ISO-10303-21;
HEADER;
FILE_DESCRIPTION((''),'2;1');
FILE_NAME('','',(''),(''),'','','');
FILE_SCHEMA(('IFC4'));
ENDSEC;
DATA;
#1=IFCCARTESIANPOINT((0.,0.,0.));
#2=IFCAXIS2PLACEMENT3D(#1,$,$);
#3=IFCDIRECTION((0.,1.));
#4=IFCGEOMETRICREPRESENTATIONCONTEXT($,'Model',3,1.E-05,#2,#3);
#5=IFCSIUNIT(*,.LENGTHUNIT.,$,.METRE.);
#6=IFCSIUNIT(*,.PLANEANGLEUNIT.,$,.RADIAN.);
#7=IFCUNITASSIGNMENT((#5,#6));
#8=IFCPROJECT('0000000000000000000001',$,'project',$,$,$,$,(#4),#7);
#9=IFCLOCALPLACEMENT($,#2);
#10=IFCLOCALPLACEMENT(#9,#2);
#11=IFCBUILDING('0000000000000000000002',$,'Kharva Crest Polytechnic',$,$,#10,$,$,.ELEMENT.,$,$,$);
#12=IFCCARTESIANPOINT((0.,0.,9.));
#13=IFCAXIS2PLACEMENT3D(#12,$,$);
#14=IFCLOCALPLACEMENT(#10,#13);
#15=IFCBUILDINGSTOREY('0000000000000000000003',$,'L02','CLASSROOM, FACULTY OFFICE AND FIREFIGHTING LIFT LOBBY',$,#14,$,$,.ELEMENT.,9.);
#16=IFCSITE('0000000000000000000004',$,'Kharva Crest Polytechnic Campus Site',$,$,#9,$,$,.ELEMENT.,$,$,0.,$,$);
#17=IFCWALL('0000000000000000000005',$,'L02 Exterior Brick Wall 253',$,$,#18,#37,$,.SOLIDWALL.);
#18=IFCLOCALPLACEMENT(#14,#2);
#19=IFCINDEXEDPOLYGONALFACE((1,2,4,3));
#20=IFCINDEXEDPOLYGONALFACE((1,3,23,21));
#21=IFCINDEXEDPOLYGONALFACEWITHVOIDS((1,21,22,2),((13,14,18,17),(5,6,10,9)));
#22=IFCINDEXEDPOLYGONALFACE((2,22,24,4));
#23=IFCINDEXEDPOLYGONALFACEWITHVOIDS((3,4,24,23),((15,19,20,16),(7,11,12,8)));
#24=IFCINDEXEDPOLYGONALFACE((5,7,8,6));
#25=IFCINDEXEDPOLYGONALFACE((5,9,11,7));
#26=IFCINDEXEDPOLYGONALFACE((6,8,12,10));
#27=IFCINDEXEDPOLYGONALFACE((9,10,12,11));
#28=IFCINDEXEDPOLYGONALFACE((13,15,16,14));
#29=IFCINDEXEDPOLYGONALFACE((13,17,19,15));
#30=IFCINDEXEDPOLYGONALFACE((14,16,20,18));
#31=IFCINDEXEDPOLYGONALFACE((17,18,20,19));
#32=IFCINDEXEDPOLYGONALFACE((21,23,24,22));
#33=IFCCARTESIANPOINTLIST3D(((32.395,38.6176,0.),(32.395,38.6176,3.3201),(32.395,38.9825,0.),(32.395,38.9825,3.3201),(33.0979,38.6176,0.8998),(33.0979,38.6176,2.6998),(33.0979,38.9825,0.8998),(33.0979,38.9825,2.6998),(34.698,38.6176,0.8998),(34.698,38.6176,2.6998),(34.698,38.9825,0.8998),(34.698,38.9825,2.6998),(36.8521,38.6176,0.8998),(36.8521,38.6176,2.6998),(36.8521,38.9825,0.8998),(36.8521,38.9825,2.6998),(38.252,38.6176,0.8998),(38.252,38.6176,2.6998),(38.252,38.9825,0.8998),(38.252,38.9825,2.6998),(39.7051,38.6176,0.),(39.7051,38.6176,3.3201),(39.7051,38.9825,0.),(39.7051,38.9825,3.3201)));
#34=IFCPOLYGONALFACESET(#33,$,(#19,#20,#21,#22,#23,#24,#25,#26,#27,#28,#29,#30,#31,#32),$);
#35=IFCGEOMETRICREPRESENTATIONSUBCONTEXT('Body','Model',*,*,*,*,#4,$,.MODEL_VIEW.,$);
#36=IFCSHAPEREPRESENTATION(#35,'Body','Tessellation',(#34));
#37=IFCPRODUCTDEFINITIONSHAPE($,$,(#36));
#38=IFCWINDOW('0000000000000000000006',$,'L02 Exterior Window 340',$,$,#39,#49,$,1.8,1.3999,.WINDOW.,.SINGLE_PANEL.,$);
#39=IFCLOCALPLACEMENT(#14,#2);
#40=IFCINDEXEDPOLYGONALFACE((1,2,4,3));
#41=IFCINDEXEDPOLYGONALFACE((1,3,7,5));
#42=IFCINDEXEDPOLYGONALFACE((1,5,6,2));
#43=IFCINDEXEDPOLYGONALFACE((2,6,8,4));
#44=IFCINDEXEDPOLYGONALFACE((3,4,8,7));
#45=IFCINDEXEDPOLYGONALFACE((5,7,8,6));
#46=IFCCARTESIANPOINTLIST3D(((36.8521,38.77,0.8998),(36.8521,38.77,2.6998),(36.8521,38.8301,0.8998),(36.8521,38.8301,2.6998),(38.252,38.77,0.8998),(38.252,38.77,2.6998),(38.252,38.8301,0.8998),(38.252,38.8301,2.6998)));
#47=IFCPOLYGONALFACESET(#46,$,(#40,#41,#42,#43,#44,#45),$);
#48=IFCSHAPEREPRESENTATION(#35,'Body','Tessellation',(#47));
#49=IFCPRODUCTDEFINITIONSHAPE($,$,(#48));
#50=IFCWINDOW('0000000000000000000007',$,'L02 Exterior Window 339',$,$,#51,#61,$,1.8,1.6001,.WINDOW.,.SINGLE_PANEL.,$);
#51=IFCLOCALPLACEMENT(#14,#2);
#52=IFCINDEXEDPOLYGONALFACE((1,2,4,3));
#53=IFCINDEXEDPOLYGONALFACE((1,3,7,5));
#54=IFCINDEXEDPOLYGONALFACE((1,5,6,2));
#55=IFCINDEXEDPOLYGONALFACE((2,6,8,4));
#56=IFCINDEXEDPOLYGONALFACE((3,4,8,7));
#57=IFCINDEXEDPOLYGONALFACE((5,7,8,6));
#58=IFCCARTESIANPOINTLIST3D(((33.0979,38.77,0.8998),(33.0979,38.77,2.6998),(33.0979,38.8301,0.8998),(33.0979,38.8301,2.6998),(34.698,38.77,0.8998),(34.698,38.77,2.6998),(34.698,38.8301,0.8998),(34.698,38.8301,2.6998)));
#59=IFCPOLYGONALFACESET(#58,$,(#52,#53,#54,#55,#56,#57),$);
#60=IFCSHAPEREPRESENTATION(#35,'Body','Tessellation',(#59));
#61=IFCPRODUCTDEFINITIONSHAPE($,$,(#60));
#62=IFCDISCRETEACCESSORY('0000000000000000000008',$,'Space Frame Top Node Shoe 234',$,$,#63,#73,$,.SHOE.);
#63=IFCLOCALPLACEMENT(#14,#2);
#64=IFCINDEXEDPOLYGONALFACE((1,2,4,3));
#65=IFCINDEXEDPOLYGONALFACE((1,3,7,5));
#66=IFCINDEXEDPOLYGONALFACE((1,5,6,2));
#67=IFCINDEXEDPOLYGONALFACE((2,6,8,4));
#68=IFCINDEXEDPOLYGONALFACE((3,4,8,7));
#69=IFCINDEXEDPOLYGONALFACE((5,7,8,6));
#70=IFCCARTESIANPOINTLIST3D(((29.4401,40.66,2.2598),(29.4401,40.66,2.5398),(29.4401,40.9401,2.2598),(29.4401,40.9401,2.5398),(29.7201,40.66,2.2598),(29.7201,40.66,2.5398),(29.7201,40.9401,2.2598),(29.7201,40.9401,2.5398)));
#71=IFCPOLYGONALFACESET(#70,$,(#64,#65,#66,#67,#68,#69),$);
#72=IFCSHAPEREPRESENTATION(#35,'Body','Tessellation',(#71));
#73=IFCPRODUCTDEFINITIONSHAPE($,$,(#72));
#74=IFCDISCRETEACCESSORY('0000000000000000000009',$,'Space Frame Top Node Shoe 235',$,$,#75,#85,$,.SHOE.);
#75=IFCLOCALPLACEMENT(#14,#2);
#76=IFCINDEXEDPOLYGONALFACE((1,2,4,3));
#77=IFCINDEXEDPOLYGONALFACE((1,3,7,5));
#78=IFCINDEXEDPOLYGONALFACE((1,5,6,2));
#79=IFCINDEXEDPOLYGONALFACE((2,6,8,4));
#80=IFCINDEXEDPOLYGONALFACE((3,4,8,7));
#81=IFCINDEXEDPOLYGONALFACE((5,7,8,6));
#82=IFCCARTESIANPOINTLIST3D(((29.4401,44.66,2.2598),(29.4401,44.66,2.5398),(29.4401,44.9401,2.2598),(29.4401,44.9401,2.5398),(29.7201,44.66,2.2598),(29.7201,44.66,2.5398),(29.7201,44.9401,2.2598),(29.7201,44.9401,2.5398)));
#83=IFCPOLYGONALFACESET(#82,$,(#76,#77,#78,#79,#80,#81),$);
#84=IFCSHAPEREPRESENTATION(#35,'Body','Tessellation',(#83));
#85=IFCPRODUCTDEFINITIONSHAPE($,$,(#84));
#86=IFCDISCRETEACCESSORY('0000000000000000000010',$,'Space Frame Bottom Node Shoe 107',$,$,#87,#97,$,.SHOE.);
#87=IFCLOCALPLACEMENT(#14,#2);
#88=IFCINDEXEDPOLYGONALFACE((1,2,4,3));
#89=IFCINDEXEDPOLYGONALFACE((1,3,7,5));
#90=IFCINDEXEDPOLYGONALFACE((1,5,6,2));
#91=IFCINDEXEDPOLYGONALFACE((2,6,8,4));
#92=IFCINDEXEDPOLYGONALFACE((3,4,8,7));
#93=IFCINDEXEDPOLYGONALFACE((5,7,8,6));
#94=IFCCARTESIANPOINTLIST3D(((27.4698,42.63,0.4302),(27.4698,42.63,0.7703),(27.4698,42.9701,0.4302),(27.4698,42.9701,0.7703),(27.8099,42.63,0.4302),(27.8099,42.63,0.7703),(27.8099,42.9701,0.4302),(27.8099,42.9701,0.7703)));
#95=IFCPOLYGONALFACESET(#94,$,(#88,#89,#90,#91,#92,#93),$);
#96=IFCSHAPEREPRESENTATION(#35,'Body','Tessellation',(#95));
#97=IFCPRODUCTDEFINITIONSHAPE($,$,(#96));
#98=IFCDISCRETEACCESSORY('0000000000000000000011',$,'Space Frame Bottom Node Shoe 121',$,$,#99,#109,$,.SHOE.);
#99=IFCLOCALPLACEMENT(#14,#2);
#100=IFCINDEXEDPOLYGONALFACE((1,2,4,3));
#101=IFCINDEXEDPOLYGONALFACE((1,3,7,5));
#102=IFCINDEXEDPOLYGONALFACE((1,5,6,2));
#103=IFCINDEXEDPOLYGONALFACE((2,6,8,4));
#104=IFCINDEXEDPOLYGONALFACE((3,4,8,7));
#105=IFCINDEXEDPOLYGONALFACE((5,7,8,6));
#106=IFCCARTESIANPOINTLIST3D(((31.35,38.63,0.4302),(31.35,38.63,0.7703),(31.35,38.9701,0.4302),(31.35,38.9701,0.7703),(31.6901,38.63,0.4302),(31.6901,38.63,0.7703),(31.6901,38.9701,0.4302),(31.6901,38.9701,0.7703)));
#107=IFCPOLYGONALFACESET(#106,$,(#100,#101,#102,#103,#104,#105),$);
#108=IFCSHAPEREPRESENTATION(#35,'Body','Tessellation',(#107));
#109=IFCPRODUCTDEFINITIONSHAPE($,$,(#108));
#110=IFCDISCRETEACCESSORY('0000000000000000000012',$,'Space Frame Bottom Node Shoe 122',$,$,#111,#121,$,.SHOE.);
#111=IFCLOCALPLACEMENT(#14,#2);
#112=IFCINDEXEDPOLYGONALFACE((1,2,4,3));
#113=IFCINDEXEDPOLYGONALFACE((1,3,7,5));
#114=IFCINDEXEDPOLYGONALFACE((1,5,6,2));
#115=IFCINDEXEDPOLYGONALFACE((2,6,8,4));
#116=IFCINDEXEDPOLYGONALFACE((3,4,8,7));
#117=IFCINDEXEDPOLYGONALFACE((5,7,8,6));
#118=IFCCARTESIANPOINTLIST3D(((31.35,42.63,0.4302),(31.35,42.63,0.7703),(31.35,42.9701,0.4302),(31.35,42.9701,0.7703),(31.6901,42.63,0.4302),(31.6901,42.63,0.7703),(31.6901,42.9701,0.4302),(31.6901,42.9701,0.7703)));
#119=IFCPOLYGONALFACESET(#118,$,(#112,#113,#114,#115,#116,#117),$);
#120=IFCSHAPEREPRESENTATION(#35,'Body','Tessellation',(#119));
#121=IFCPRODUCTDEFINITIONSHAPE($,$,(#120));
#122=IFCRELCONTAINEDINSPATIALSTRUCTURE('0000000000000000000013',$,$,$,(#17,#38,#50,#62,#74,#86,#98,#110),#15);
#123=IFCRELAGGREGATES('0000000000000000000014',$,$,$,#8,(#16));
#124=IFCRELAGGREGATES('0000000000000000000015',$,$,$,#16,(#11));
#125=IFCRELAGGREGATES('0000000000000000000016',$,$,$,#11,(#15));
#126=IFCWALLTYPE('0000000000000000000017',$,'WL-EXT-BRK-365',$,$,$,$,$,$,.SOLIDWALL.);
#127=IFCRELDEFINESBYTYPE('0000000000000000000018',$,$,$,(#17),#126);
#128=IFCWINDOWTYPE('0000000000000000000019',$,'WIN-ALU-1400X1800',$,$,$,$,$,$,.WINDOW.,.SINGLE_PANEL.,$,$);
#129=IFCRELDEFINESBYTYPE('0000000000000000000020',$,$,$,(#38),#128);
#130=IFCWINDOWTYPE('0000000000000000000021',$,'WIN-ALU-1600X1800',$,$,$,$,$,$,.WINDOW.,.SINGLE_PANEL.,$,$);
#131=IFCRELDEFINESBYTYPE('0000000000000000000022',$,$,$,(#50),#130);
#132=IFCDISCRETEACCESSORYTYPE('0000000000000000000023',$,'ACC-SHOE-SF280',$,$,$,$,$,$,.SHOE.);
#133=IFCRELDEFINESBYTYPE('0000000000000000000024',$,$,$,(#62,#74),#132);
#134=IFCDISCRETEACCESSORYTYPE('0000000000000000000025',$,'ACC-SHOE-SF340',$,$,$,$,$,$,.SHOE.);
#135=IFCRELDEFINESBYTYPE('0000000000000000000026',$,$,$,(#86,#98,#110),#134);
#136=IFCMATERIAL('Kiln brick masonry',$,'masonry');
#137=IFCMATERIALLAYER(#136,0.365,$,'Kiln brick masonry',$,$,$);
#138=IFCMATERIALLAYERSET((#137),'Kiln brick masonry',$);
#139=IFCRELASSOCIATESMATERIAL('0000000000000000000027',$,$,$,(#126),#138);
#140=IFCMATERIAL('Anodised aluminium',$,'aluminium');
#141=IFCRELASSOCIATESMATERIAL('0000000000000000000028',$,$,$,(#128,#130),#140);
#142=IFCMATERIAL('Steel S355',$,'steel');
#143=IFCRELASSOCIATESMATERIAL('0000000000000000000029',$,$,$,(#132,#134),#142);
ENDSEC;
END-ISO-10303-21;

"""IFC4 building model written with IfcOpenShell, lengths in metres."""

from ifc_helpers import new_model, si_unit, direction, frame, frame_2d, origin, origin_2d, place, context, subcontext, project, spatial, rectangle, extrude, material, layer, layer_set, type_object, element, fill, save


model = new_model("IFC4")

# Units and contexts
model_context = context("Model", 3, precision=1e-05, world=origin(), true_north=direction((0.0, 1.0)))
body_context = subcontext(model_context, "Body", "Model", "MODEL_VIEW")
ifc_project = project(units=[si_unit("LENGTHUNIT", "METRE"), si_unit("PLANEANGLEUNIT", "RADIAN")], contexts=[model_context])

# Site, building, storey
site_placement = place(None, origin())
site = spatial("IfcSite", under=ifc_project, at=site_placement, Name="Kharva Crest Polytechnic Campus Site", CompositionType="ELEMENT", RefElevation=0.0)
building_placement = place(site_placement, origin())
building = spatial("IfcBuilding", under=site, at=building_placement, Name="Kharva Crest Polytechnic", CompositionType="ELEMENT")
storey_placement = place(building_placement, frame((0.0, 0.0, 9.0)))
storey = spatial("IfcBuildingStorey", under=building, at=storey_placement, Name="L02", Description="CLASSROOM, FACULTY OFFICE AND FIREFIGHTING LIFT LOBBY", CompositionType="ELEMENT", Elevation=9.0)

# Shared definitions
ifc_material_1 = material(Name="Steel S355", Category="steel")

# Wall, openings, windows
ifc_material_2 = material(Name="Kiln brick masonry", Category="masonry")
ifc_layer = layer(ifc_material_2, 0.365, Name="Kiln brick masonry")
ifc_layer_set = layer_set([ifc_layer], Name="Kiln brick masonry")
wall_type = type_object("IfcWallType", Name="WL-EXT-BRK-365", PredefinedType="SOLIDWALL", material=ifc_layer_set)
wall_placement = place(storey_placement, frame((32.395, 38.8, 0.0), z_axis=(0.0, 0.0, 1.0), x_axis=(1.0, 0.0, 0.0)))
wall = element("IfcWall", 1, at=wall_placement, inside=storey, type_object=wall_type, Name="L02 Exterior Brick Wall 253", PredefinedType="SOLIDWALL", context=body_context, shape_type="SweptSolid", body=[
    extrude(rectangle(XDim=7.3101, YDim=0.365, at=frame_2d((3.655, 0.0))), origin(), (0.0, 0.0, 1.0), 3.3201),
])
opening_1_placement = place(wall_placement, frame((0.7029, 0.0, 0.8999)))
opening_1 = element("IfcOpeningElement", 2, at=opening_1_placement, cuts=wall, PredefinedType="OPENING", context=body_context, shape_type="SweptSolid", body=[
    extrude(rectangle(XDim=1.6001, YDim=1.8, at=frame_2d((0.8, 0.8999))), frame((0.0, 0.1924, 0.0), z_axis=(0.0, -1.0, 0.0), x_axis=(1.0, 0.0, 0.0)), (0.0, 0.0, 1.0), 0.385),
])
opening_2_placement = place(wall_placement, frame((4.457, 0.0, 0.8999)))
opening_2 = element("IfcOpeningElement", 3, at=opening_2_placement, cuts=wall, PredefinedType="OPENING", context=body_context, shape_type="SweptSolid", body=[
    extrude(rectangle(XDim=1.3999, YDim=1.8, at=frame_2d((0.7, 0.8999))), frame((0.0, 0.1924, 0.0), z_axis=(0.0, -1.0, 0.0), x_axis=(1.0, 0.0, 0.0)), (0.0, 0.0, 1.0), 0.385),
])
ifc_material_3 = material(Name="Anodised aluminium", Category="aluminium")
window_type_1 = type_object("IfcWindowType", Name="WIN-ALU-1400X1800", PartitioningType="SINGLE_PANEL", PredefinedType="WINDOW", material=ifc_material_3)
window_1_placement = place(opening_2_placement, origin())
window_1 = element("IfcWindow", 4, at=window_1_placement, inside=storey, type_object=window_type_1, Name="L02 Exterior Window 340", OverallHeight=1.8, OverallWidth=1.3999, PartitioningType="SINGLE_PANEL", PredefinedType="WINDOW", context=body_context, shape_type="SweptSolid", body=[
    extrude(rectangle(XDim=1.3999, YDim=1.8, at=frame_2d((0.7, 0.8999))), frame((0.0, 0.03, 0.0), z_axis=(0.0, -1.0, 0.0), x_axis=(1.0, 0.0, 0.0)), (0.0, 0.0, 1.0), 0.0601),
])
fill(opening_2, window_1)
window_type_2 = type_object("IfcWindowType", Name="WIN-ALU-1600X1800", PartitioningType="SINGLE_PANEL", PredefinedType="WINDOW", material=ifc_material_3)
window_2_placement = place(opening_1_placement, origin())
window_2 = element("IfcWindow", 5, at=window_2_placement, inside=storey, type_object=window_type_2, Name="L02 Exterior Window 339", OverallHeight=1.8, OverallWidth=1.6001, PartitioningType="SINGLE_PANEL", PredefinedType="WINDOW", context=body_context, shape_type="SweptSolid", body=[
    extrude(rectangle(XDim=1.6001, YDim=1.8, at=frame_2d((0.8, 0.8999))), frame((0.0, 0.03, 0.0), z_axis=(0.0, -1.0, 0.0), x_axis=(1.0, 0.0, 0.0)), (0.0, 0.0, 1.0), 0.0601),
])
fill(opening_1, window_2)

# Discrete accessories
discrete_accessory_type_1 = type_object("IfcDiscreteAccessoryType", Name="ACC-SHOE-SF280", PredefinedType="SHOE", material=ifc_material_1)
for number, where, z_axis, x_axis, name in (
    (6, (29.5801, 40.8, 2.2598), (0.0, 0.0, 1.0), (1.0, 0.0, 0.0), "Space Frame Top Node Shoe 234"),
    (7, (29.5801, 44.8, 2.2598), (0.0, 0.0, 1.0), (1.0, 0.0, 0.0), "Space Frame Top Node Shoe 235"),
):
    element("IfcDiscreteAccessory", number, at=place(storey_placement, frame(where, z_axis=z_axis, x_axis=x_axis)), inside=storey, type_object=discrete_accessory_type_1, Name=name, PredefinedType="SHOE", context=body_context, shape_type="SweptSolid", body=[
        extrude(rectangle(XDim=0.28, YDim=0.28, at=origin_2d()), origin(), (0.0, 0.0, 1.0), 0.28),
    ])
discrete_accessory_type_2 = type_object("IfcDiscreteAccessoryType", Name="ACC-SHOE-SF340", PredefinedType="SHOE", material=ifc_material_1)
for number, where, z_axis, x_axis, name in (
    (8, (27.6399, 42.8, 0.4302), (0.0, 0.0, 1.0), (1.0, 0.0, 0.0), "Space Frame Bottom Node Shoe 107"),
    (9, (31.52, 38.8, 0.4302), (0.0, 0.0, 1.0), (1.0, 0.0, 0.0), "Space Frame Bottom Node Shoe 121"),
    (10, (31.52, 42.8, 0.4302), (0.0, 0.0, 1.0), (1.0, 0.0, 0.0), "Space Frame Bottom Node Shoe 122"),
):
    element("IfcDiscreteAccessory", number, at=place(storey_placement, frame(where, z_axis=z_axis, x_axis=x_axis)), inside=storey, type_object=discrete_accessory_type_2, Name=name, PredefinedType="SHOE", context=body_context, shape_type="SweptSolid", body=[
        extrude(rectangle(XDim=0.3401, YDim=0.3401, at=origin_2d()), origin(), (0.0, 0.0, 1.0), 0.3401),
    ])

save(model, "model.ifc")
